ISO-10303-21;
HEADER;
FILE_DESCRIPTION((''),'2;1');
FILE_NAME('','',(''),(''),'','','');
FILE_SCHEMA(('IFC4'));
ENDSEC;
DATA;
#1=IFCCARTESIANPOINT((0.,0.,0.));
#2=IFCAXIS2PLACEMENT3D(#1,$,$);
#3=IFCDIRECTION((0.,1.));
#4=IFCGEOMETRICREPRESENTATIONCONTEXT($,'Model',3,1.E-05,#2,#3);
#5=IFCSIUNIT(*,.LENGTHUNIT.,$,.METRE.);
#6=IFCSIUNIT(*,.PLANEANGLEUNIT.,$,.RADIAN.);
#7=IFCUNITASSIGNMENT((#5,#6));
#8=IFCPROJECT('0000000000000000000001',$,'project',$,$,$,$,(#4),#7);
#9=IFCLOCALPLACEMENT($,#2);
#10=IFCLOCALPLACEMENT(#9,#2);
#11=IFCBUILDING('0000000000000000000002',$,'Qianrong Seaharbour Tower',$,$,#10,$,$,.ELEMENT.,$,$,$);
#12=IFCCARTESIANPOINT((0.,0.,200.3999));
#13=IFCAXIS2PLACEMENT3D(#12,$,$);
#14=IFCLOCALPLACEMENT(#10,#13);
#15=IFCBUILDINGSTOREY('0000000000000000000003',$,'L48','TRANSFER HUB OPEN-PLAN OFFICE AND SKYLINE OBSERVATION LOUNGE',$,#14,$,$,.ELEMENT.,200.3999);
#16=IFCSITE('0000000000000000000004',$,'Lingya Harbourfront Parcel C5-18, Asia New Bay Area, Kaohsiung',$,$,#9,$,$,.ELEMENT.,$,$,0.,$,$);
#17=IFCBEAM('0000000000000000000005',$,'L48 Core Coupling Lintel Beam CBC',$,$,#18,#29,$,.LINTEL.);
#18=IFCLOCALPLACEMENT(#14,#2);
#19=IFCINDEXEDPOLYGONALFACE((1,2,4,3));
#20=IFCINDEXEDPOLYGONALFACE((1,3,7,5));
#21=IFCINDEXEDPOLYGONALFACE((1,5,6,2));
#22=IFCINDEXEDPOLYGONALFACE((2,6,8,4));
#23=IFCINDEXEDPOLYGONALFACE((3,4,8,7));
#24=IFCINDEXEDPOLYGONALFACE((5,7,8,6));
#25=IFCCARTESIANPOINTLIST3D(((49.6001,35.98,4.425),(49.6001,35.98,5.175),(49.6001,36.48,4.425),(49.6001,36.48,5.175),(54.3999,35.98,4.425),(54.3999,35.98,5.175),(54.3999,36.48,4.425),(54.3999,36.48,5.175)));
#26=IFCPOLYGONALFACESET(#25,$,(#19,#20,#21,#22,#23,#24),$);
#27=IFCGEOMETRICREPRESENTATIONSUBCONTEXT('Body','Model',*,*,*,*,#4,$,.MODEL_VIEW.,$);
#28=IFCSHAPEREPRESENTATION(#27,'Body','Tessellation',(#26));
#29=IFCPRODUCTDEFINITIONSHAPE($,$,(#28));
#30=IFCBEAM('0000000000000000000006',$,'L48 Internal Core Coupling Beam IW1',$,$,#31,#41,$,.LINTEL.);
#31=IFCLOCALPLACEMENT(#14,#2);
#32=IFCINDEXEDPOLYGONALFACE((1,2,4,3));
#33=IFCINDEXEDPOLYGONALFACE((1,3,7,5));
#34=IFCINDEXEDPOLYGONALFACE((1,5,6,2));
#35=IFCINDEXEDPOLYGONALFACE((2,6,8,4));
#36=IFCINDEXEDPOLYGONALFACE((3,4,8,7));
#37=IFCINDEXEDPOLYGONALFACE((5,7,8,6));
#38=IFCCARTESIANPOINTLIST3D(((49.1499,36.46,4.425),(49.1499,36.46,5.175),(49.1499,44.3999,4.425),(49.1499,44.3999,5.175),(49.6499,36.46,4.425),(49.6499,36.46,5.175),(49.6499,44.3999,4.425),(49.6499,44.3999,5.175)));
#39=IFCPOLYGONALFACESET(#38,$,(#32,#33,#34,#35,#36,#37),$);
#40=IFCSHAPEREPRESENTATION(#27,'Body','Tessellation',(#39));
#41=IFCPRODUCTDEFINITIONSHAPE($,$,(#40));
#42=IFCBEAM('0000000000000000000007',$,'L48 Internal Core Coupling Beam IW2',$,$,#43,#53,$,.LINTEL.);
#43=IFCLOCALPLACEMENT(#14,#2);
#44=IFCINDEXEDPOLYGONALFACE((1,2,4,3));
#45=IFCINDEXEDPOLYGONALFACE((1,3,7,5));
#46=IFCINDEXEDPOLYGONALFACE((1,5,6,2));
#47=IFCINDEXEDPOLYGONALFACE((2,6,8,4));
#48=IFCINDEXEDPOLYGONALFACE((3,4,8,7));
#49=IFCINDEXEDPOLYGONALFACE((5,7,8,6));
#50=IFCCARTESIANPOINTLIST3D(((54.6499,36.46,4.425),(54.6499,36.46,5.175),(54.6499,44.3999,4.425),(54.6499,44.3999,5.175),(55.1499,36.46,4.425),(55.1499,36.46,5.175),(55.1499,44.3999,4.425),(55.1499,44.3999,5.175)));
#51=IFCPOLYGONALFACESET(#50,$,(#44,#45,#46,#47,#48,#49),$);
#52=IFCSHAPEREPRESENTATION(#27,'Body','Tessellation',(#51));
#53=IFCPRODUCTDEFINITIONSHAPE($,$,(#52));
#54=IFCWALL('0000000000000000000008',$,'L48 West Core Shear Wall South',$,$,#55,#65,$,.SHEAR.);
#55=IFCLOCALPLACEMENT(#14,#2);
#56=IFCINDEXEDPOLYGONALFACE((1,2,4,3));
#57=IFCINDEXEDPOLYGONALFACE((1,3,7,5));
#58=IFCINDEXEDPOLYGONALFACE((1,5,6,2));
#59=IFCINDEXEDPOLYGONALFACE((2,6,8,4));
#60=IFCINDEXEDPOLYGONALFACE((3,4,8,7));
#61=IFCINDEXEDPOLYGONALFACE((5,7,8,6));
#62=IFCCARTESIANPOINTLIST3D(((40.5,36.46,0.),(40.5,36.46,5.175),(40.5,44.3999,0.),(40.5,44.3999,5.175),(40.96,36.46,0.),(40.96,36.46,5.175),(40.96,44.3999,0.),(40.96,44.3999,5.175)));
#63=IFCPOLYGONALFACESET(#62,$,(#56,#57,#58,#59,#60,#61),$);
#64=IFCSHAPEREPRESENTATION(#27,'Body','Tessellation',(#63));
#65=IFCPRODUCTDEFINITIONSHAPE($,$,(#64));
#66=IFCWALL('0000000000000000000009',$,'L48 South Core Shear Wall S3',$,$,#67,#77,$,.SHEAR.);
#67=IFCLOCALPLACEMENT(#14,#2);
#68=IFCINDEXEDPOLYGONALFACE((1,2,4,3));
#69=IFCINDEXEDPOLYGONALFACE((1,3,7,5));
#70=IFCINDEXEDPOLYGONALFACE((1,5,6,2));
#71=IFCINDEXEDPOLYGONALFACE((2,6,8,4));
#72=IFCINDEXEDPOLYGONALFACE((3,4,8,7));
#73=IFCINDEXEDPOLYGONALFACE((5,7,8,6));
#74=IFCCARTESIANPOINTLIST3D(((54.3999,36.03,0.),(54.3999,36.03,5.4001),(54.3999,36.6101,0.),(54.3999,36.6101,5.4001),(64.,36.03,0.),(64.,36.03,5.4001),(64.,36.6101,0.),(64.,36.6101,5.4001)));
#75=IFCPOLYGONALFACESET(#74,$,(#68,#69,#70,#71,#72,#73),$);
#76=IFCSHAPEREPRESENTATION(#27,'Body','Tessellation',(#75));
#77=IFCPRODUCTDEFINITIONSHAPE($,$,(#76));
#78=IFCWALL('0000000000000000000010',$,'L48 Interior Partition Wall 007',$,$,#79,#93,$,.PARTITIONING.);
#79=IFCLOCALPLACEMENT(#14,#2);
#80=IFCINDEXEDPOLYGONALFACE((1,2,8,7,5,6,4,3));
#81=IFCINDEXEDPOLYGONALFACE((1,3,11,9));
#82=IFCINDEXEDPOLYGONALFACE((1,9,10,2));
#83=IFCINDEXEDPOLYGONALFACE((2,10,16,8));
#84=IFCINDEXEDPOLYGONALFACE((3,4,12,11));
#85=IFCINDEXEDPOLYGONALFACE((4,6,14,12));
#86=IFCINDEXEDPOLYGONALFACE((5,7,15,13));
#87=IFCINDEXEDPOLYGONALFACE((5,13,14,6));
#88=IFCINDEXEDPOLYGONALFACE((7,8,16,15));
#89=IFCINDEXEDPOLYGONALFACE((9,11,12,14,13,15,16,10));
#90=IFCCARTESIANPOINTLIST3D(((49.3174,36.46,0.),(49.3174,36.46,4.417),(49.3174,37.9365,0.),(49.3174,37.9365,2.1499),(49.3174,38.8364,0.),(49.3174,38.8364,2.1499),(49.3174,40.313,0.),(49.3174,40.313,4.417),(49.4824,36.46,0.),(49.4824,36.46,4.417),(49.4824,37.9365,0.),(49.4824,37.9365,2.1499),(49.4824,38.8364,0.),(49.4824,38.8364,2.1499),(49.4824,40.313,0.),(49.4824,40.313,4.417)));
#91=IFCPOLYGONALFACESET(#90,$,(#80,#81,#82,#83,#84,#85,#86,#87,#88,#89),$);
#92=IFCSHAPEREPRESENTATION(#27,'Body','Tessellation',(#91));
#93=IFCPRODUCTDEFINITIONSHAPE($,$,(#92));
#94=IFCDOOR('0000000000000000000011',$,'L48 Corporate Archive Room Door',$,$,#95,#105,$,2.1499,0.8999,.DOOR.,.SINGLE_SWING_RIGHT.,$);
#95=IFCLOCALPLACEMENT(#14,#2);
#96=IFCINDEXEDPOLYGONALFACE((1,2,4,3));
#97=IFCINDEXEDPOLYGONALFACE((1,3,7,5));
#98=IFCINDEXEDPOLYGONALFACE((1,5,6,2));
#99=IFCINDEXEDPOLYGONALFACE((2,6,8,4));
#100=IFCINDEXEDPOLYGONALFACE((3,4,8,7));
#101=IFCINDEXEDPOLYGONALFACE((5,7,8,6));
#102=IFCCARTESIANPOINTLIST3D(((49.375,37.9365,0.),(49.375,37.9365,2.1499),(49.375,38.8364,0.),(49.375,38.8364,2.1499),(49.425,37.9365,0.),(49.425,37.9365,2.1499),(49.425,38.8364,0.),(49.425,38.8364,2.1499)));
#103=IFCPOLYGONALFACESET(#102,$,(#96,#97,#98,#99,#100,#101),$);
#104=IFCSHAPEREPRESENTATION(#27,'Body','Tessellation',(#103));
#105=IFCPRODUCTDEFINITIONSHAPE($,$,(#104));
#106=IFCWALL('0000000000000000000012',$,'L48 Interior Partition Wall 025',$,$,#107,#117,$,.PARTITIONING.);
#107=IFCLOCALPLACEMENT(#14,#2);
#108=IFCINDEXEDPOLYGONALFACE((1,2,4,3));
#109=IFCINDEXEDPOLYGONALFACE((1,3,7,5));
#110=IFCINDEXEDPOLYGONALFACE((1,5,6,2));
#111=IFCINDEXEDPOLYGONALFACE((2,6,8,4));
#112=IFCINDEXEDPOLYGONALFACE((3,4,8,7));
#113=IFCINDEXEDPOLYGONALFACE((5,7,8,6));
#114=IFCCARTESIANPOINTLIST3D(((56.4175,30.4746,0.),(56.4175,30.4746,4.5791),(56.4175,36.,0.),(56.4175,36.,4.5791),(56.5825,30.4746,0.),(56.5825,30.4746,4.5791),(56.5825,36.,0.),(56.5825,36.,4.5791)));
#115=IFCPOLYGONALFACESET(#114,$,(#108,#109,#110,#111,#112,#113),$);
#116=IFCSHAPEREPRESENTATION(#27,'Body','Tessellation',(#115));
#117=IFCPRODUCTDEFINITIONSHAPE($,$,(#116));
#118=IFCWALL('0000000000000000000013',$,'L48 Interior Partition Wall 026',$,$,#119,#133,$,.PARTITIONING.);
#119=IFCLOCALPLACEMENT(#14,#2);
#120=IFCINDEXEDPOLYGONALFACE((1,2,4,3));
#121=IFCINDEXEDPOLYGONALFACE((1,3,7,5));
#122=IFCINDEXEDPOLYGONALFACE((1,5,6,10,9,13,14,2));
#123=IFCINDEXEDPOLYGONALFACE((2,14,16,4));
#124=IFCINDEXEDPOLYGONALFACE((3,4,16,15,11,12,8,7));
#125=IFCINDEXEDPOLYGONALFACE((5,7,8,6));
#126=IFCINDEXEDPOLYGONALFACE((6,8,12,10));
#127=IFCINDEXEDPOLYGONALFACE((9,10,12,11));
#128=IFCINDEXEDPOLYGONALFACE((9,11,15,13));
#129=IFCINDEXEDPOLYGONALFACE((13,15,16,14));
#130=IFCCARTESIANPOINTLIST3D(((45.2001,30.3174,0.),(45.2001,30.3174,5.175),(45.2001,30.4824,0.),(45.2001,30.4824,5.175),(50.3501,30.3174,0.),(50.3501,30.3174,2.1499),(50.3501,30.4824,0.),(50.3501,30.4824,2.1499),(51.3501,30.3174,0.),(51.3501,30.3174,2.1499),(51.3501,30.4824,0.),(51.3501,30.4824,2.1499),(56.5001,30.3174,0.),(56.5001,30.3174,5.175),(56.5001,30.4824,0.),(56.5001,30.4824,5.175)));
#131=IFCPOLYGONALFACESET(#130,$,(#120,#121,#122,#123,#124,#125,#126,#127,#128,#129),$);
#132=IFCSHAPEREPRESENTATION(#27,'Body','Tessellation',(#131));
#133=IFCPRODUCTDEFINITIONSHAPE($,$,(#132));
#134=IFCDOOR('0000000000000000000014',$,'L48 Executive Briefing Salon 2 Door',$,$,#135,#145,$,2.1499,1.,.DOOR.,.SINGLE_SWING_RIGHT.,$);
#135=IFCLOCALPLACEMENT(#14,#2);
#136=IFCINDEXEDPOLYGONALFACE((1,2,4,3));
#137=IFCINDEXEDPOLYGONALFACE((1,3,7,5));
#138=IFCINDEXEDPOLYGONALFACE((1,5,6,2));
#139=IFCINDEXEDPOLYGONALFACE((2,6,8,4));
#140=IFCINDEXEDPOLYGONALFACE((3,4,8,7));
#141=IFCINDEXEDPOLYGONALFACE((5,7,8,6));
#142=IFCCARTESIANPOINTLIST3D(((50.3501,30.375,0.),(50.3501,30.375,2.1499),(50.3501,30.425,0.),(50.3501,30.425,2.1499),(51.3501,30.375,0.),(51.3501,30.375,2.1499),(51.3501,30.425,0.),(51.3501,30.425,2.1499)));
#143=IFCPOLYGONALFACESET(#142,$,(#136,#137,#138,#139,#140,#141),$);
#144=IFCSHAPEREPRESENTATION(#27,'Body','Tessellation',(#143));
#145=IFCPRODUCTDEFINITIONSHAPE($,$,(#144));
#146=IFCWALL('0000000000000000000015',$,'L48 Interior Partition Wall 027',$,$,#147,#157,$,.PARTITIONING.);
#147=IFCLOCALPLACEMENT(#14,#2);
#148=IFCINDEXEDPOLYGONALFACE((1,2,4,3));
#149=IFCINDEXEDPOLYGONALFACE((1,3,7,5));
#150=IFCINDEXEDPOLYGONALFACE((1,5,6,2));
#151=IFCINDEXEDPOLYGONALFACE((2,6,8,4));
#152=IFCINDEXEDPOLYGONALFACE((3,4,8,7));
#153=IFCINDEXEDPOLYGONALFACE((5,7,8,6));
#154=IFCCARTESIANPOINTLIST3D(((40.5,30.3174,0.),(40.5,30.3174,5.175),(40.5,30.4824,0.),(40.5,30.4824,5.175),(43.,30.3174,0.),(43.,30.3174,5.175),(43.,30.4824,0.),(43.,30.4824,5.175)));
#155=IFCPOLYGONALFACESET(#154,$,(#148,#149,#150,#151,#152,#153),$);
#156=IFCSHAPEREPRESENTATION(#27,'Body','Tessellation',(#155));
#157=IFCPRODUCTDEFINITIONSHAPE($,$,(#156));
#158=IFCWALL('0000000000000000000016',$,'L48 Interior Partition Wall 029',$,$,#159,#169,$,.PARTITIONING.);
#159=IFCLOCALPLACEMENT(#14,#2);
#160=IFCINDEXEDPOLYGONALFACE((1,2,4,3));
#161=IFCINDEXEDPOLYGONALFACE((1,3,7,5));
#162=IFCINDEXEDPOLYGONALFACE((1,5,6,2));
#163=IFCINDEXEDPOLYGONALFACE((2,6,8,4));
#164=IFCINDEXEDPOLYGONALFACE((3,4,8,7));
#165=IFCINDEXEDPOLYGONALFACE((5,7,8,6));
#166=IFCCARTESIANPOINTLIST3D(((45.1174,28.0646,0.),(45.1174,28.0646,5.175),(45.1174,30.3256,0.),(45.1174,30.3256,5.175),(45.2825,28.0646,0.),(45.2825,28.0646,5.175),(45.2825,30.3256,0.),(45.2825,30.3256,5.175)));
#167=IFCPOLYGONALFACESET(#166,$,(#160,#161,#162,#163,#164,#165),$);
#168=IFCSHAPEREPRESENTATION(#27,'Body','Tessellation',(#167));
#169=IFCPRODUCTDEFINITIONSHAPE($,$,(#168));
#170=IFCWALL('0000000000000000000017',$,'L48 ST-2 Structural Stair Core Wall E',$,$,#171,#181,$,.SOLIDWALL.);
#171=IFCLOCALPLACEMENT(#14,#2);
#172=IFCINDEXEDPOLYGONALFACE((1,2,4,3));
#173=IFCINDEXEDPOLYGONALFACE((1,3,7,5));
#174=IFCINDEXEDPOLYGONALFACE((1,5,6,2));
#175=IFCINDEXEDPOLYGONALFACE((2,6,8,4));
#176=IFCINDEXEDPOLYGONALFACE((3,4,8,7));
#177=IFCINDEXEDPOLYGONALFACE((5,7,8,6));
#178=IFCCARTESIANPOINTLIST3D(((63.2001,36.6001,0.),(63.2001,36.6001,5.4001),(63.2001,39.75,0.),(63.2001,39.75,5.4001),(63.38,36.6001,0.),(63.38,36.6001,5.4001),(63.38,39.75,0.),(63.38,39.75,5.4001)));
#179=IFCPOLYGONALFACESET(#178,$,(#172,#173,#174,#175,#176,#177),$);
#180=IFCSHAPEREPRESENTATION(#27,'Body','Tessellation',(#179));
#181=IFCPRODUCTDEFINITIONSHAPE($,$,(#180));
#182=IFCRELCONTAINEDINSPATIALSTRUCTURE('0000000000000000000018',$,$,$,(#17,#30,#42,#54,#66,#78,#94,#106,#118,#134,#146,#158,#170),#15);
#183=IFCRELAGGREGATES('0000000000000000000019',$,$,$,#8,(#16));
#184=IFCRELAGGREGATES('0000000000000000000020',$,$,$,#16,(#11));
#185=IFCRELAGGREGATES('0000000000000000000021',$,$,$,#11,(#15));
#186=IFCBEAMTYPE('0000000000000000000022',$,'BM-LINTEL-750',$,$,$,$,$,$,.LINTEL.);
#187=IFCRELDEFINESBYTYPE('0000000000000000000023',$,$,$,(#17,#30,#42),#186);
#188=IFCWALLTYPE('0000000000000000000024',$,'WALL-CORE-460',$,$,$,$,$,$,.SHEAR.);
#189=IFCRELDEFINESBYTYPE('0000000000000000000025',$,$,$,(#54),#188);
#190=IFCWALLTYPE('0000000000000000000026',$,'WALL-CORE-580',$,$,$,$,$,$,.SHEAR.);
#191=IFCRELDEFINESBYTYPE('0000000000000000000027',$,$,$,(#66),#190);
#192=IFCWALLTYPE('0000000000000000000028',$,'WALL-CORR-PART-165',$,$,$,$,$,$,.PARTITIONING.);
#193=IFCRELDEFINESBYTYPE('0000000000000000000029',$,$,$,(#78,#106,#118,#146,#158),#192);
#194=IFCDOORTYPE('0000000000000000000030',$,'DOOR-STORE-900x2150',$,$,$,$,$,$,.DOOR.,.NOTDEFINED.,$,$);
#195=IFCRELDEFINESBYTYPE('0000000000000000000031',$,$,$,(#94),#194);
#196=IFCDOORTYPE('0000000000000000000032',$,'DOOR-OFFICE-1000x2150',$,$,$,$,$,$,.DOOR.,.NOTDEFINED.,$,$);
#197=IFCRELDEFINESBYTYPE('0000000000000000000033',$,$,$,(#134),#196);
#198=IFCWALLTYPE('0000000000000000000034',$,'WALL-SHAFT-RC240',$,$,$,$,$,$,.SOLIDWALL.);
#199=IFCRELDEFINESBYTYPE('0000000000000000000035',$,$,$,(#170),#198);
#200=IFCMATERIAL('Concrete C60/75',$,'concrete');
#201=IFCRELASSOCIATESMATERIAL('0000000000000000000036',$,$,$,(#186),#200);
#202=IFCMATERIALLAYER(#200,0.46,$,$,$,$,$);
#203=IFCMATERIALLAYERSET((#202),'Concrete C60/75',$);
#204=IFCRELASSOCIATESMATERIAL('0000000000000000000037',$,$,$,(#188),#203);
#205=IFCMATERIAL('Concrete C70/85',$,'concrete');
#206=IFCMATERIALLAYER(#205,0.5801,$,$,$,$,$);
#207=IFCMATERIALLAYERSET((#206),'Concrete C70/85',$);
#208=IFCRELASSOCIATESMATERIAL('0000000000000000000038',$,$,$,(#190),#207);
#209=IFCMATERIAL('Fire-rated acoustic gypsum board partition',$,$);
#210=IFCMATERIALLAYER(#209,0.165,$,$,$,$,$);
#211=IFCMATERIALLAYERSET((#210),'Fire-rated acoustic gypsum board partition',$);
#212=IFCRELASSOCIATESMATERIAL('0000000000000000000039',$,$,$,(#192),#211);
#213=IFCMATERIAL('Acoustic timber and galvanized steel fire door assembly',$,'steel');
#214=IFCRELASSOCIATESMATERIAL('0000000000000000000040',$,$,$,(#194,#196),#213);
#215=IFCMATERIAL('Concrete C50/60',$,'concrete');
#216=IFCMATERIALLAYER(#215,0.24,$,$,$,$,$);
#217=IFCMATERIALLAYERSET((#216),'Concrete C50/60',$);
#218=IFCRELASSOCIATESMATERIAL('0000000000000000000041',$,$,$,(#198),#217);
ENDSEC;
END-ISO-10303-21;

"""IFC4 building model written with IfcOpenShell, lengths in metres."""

from ifc_helpers import new_model, si_unit, direction, frame, frame_2d, origin, origin_2d, place, context, subcontext, project, spatial, rectangle, extrude, material, layer, layer_set, material_profile, profile_set, type_object, element, fill, save


model = new_model("IFC4")

# Units and contexts
model_context = context("Model", 3, precision=1e-05, world=origin(), true_north=direction((0.0, 1.0)))
body_context = subcontext(model_context, "Body", "Model", "MODEL_VIEW")
ifc_project = project(units=[si_unit("LENGTHUNIT", "METRE"), si_unit("PLANEANGLEUNIT", "RADIAN")], contexts=[model_context])

# Site, building, storey
site_placement = place(None, origin())
site = spatial("IfcSite", under=ifc_project, at=site_placement, Name="Lingya Harbourfront Parcel C5-18, Asia New Bay Area, Kaohsiung", CompositionType="ELEMENT", RefElevation=0.0)
building_placement = place(site_placement, origin())
building = spatial("IfcBuilding", under=site, at=building_placement, Name="Qianrong Seaharbour Tower", CompositionType="ELEMENT")
storey_placement = place(building_placement, frame((0.0, 0.0, 200.3999)))
storey = spatial("IfcBuildingStorey", under=building, at=storey_placement, Name="L48", Description="TRANSFER HUB OPEN-PLAN OFFICE AND SKYLINE OBSERVATION LOUNGE", CompositionType="ELEMENT", Elevation=200.3999)

# Beams
ifc_material_1 = material(Name="Concrete C60/75", Category="concrete")
ifc_material_profile_1 = material_profile(ifc_material_1, rectangle(XDim=0.5, YDim=0.75, at=origin_2d()), Name="RC500x750")
ifc_profile_set_1 = profile_set([ifc_material_profile_1], Name="Concrete C60/75")
beam_type_1 = type_object("IfcBeamType", Name="BM-LINTEL-750", PredefinedType="LINTEL", material=ifc_profile_set_1)
beam_1_placement = place(storey_placement, frame((49.6001, 36.23, 4.8), z_axis=(1.0, 0.0, 0.0), x_axis=(0.0, 1.0, 0.0)))
element("IfcBeam", 1, at=beam_1_placement, inside=storey, type_object=beam_type_1, Name="L48 Core Coupling Lintel Beam CBC", PredefinedType="LINTEL", context=body_context, shape_type="SweptSolid", body=[
    extrude(rectangle(XDim=0.5, YDim=0.75, at=origin_2d()), origin(), (0.0, 0.0, 1.0), 4.7998),
])
for number, where, z_axis, x_axis, name in (
    (2, (49.3999, 36.46, 4.8), (0.0, 1.0, 0.0), (-1.0, 0.0, 0.0), "L48 Internal Core Coupling Beam IW1"),
    (3, (54.8999, 36.46, 4.8), (0.0, 1.0, 0.0), (-1.0, 0.0, 0.0), "L48 Internal Core Coupling Beam IW2"),
):
    element("IfcBeam", number, at=place(storey_placement, frame(where, z_axis=z_axis, x_axis=x_axis)), inside=storey, type_object=beam_type_1, Name=name, PredefinedType="LINTEL", context=body_context, shape_type="SweptSolid", body=[
        extrude(rectangle(XDim=0.5, YDim=0.75, at=origin_2d()), origin(), (0.0, 0.0, 1.0), 7.9399),
    ])

# Walls
ifc_layer_1 = layer(ifc_material_1, 0.46)
ifc_layer_set_1 = layer_set([ifc_layer_1], Name="Concrete C60/75")
wall_type_1 = type_object("IfcWallType", Name="WALL-CORE-460", PredefinedType="SHEAR", material=ifc_layer_set_1)
wall_1_placement = place(storey_placement, frame((40.73, 36.46, 0.0), z_axis=(0.0, 0.0, 1.0), x_axis=(0.0, 1.0, 0.0)))
element("IfcWall", 4, at=wall_1_placement, inside=storey, type_object=wall_type_1, Name="L48 West Core Shear Wall South", PredefinedType="SHEAR", context=body_context, shape_type="SweptSolid", body=[
    extrude(rectangle(XDim=7.9399, YDim=0.46, at=frame_2d((3.97, 0.0))), origin(), (0.0, 0.0, 1.0), 5.175),
])
ifc_material_2 = material(Name="Concrete C70/85", Category="concrete")
ifc_layer_2 = layer(ifc_material_2, 0.5801)
ifc_layer_set_2 = layer_set([ifc_layer_2], Name="Concrete C70/85")
wall_type_2 = type_object("IfcWallType", Name="WALL-CORE-580", PredefinedType="SHEAR", material=ifc_layer_set_2)
wall_2_placement = place(storey_placement, frame((54.3999, 36.3201, 0.0), z_axis=(0.0, 0.0, 1.0), x_axis=(1.0, 0.0, 0.0)))
element("IfcWall", 5, at=wall_2_placement, inside=storey, type_object=wall_type_2, Name="L48 South Core Shear Wall S3", PredefinedType="SHEAR", context=body_context, shape_type="SweptSolid", body=[
    extrude(rectangle(XDim=9.6001, YDim=0.5801, at=frame_2d((4.8, 0.0))), origin(), (0.0, 0.0, 1.0), 5.4001),
])

# Wall, opening, door
ifc_material_3 = material(Name="Fire-rated acoustic gypsum board partition")
ifc_layer_3 = layer(ifc_material_3, 0.165)
ifc_layer_set_3 = layer_set([ifc_layer_3], Name="Fire-rated acoustic gypsum board partition")
wall_type_3 = type_object("IfcWallType", Name="WALL-CORR-PART-165", PredefinedType="PARTITIONING", material=ifc_layer_set_3)
wall_3_placement = place(storey_placement, frame((49.3999, 36.46, 0.0), z_axis=(0.0, 0.0, 1.0), x_axis=(0.0, 1.0, 0.0)))
wall_3 = element("IfcWall", 6, at=wall_3_placement, inside=storey, type_object=wall_type_3, Name="L48 Interior Partition Wall 007", PredefinedType="PARTITIONING", context=body_context, shape_type="SweptSolid", body=[
    extrude(rectangle(XDim=3.853, YDim=0.165, at=frame_2d((1.9265, 0.0))), origin(), (0.0, 0.0, 1.0), 4.417),
])
opening_1_placement = place(wall_3_placement, frame((1.4766, 0.0, 0.0)))
opening_1 = element("IfcOpeningElement", 7, at=opening_1_placement, cuts=wall_3, PredefinedType="OPENING", context=body_context, shape_type="SweptSolid", body=[
    extrude(rectangle(XDim=0.8999, YDim=2.1499, at=frame_2d((0.45, 1.075))), frame((0.0, 0.0925, 0.0), z_axis=(0.0, -1.0, 0.0), x_axis=(1.0, 0.0, 0.0)), (0.0, 0.0, 1.0), 0.1851),
])
ifc_material_4 = material(Name="Acoustic timber and galvanized steel fire door assembly", Category="steel")
door_type_1 = type_object("IfcDoorType", Name="DOOR-STORE-900x2150", OperationType="NOTDEFINED", PredefinedType="DOOR", material=ifc_material_4)
door_1_placement = place(opening_1_placement, origin())
door_1 = element("IfcDoor", 8, at=door_1_placement, inside=storey, type_object=door_type_1, Name="L48 Corporate Archive Room Door", OperationType="SINGLE_SWING_RIGHT", OverallHeight=2.1499, OverallWidth=0.8999, PredefinedType="DOOR", context=body_context, shape_type="SweptSolid", body=[
    extrude(rectangle(XDim=0.8999, YDim=2.1499, at=frame_2d((0.45, 1.075))), frame((0.0, 0.0249, 0.0), z_axis=(0.0, -1.0, 0.0), x_axis=(1.0, 0.0, 0.0)), (0.0, 0.0, 1.0), 0.05),
])
fill(opening_1, door_1)

# Wall
wall_4_placement = place(storey_placement, frame((56.5, 36.0, 0.0), z_axis=(0.0, 0.0, 1.0), x_axis=(0.0, -1.0, 0.0)))
element("IfcWall", 9, at=wall_4_placement, inside=storey, type_object=wall_type_3, Name="L48 Interior Partition Wall 025", PredefinedType="PARTITIONING", context=body_context, shape_type="SweptSolid", body=[
    extrude(rectangle(XDim=5.5254, YDim=0.165, at=frame_2d((2.7627, 0.0))), origin(), (0.0, 0.0, 1.0), 4.5791),
])

# Wall, opening, door
wall_5_placement = place(storey_placement, frame((56.5, 30.3999, 0.0), z_axis=(0.0, 0.0, 1.0), x_axis=(-1.0, 0.0, 0.0)))
wall_5 = element("IfcWall", 10, at=wall_5_placement, inside=storey, type_object=wall_type_3, Name="L48 Interior Partition Wall 026", PredefinedType="PARTITIONING", context=body_context, shape_type="SweptSolid", body=[
    extrude(rectangle(XDim=11.3, YDim=0.165, at=frame_2d((5.6499, 0.0))), origin(), (0.0, 0.0, 1.0), 5.175),
])
opening_2_placement = place(wall_5_placement, frame((5.1499, 0.0, 0.0)))
opening_2 = element("IfcOpeningElement", 11, at=opening_2_placement, cuts=wall_5, PredefinedType="OPENING", context=body_context, shape_type="SweptSolid", body=[
    extrude(rectangle(XDim=1.0, YDim=2.1499, at=frame_2d((0.5, 1.075))), frame((0.0, 0.0925, 0.0), z_axis=(0.0, -1.0, 0.0), x_axis=(1.0, 0.0, 0.0)), (0.0, 0.0, 1.0), 0.1851),
])
door_type_2 = type_object("IfcDoorType", Name="DOOR-OFFICE-1000x2150", OperationType="NOTDEFINED", PredefinedType="DOOR", material=ifc_material_4)
door_2_placement = place(opening_2_placement, origin())
door_2 = element("IfcDoor", 12, at=door_2_placement, inside=storey, type_object=door_type_2, Name="L48 Executive Briefing Salon 2 Door", OperationType="SINGLE_SWING_RIGHT", OverallHeight=2.1499, OverallWidth=1.0, PredefinedType="DOOR", context=body_context, shape_type="SweptSolid", body=[
    extrude(rectangle(XDim=1.0, YDim=2.1499, at=frame_2d((0.5, 1.075))), frame((0.0, 0.0249, 0.0), z_axis=(0.0, -1.0, 0.0), x_axis=(1.0, 0.0, 0.0)), (0.0, 0.0, 1.0), 0.05),
])
fill(opening_2, door_2)

# Walls
wall_6_placement = place(storey_placement, frame((43.0, 30.3999, 0.0), z_axis=(0.0, 0.0, 1.0), x_axis=(-1.0, 0.0, 0.0)))
element("IfcWall", 13, at=wall_6_placement, inside=storey, type_object=wall_type_3, Name="L48 Interior Partition Wall 027", PredefinedType="PARTITIONING", context=body_context, shape_type="SweptSolid", body=[
    extrude(rectangle(XDim=2.5, YDim=0.165, at=frame_2d((1.25, 0.0))), origin(), (0.0, 0.0, 1.0), 5.175),
])
wall_7_placement = place(storey_placement, frame((45.2, 30.3254, 0.0), z_axis=(0.0, 0.0, 1.0), x_axis=(0.0, -1.0, 0.0)))
element("IfcWall", 14, at=wall_7_placement, inside=storey, type_object=wall_type_3, Name="L48 Interior Partition Wall 029", PredefinedType="PARTITIONING", context=body_context, shape_type="SweptSolid", body=[
    extrude(rectangle(XDim=2.261, YDim=0.165, at=frame_2d((1.1304, 0.0))), origin(), (0.0, 0.0, 1.0), 5.175),
])
ifc_material_5 = material(Name="Concrete C50/60", Category="concrete")
ifc_layer_4 = layer(ifc_material_5, 0.24)
ifc_layer_set_4 = layer_set([ifc_layer_4], Name="Concrete C50/60")
wall_type_4 = type_object("IfcWallType", Name="WALL-SHAFT-RC240", PredefinedType="SOLIDWALL", material=ifc_layer_set_4)
wall_8_placement = place(storey_placement, frame((63.29, 36.6001, 0.0), z_axis=(0.0, 0.0, 1.0), x_axis=(0.0, 1.0, 0.0)))
element("IfcWall", 15, at=wall_8_placement, inside=storey, type_object=wall_type_4, Name="L48 ST-2 Structural Stair Core Wall E", PredefinedType="SOLIDWALL", context=body_context, shape_type="SweptSolid", body=[
    extrude(rectangle(XDim=3.1499, YDim=0.1799, at=frame_2d((1.575, 0.0))), origin(), (0.0, 0.0, 1.0), 5.4001),
])

save(model, "model.ifc")
